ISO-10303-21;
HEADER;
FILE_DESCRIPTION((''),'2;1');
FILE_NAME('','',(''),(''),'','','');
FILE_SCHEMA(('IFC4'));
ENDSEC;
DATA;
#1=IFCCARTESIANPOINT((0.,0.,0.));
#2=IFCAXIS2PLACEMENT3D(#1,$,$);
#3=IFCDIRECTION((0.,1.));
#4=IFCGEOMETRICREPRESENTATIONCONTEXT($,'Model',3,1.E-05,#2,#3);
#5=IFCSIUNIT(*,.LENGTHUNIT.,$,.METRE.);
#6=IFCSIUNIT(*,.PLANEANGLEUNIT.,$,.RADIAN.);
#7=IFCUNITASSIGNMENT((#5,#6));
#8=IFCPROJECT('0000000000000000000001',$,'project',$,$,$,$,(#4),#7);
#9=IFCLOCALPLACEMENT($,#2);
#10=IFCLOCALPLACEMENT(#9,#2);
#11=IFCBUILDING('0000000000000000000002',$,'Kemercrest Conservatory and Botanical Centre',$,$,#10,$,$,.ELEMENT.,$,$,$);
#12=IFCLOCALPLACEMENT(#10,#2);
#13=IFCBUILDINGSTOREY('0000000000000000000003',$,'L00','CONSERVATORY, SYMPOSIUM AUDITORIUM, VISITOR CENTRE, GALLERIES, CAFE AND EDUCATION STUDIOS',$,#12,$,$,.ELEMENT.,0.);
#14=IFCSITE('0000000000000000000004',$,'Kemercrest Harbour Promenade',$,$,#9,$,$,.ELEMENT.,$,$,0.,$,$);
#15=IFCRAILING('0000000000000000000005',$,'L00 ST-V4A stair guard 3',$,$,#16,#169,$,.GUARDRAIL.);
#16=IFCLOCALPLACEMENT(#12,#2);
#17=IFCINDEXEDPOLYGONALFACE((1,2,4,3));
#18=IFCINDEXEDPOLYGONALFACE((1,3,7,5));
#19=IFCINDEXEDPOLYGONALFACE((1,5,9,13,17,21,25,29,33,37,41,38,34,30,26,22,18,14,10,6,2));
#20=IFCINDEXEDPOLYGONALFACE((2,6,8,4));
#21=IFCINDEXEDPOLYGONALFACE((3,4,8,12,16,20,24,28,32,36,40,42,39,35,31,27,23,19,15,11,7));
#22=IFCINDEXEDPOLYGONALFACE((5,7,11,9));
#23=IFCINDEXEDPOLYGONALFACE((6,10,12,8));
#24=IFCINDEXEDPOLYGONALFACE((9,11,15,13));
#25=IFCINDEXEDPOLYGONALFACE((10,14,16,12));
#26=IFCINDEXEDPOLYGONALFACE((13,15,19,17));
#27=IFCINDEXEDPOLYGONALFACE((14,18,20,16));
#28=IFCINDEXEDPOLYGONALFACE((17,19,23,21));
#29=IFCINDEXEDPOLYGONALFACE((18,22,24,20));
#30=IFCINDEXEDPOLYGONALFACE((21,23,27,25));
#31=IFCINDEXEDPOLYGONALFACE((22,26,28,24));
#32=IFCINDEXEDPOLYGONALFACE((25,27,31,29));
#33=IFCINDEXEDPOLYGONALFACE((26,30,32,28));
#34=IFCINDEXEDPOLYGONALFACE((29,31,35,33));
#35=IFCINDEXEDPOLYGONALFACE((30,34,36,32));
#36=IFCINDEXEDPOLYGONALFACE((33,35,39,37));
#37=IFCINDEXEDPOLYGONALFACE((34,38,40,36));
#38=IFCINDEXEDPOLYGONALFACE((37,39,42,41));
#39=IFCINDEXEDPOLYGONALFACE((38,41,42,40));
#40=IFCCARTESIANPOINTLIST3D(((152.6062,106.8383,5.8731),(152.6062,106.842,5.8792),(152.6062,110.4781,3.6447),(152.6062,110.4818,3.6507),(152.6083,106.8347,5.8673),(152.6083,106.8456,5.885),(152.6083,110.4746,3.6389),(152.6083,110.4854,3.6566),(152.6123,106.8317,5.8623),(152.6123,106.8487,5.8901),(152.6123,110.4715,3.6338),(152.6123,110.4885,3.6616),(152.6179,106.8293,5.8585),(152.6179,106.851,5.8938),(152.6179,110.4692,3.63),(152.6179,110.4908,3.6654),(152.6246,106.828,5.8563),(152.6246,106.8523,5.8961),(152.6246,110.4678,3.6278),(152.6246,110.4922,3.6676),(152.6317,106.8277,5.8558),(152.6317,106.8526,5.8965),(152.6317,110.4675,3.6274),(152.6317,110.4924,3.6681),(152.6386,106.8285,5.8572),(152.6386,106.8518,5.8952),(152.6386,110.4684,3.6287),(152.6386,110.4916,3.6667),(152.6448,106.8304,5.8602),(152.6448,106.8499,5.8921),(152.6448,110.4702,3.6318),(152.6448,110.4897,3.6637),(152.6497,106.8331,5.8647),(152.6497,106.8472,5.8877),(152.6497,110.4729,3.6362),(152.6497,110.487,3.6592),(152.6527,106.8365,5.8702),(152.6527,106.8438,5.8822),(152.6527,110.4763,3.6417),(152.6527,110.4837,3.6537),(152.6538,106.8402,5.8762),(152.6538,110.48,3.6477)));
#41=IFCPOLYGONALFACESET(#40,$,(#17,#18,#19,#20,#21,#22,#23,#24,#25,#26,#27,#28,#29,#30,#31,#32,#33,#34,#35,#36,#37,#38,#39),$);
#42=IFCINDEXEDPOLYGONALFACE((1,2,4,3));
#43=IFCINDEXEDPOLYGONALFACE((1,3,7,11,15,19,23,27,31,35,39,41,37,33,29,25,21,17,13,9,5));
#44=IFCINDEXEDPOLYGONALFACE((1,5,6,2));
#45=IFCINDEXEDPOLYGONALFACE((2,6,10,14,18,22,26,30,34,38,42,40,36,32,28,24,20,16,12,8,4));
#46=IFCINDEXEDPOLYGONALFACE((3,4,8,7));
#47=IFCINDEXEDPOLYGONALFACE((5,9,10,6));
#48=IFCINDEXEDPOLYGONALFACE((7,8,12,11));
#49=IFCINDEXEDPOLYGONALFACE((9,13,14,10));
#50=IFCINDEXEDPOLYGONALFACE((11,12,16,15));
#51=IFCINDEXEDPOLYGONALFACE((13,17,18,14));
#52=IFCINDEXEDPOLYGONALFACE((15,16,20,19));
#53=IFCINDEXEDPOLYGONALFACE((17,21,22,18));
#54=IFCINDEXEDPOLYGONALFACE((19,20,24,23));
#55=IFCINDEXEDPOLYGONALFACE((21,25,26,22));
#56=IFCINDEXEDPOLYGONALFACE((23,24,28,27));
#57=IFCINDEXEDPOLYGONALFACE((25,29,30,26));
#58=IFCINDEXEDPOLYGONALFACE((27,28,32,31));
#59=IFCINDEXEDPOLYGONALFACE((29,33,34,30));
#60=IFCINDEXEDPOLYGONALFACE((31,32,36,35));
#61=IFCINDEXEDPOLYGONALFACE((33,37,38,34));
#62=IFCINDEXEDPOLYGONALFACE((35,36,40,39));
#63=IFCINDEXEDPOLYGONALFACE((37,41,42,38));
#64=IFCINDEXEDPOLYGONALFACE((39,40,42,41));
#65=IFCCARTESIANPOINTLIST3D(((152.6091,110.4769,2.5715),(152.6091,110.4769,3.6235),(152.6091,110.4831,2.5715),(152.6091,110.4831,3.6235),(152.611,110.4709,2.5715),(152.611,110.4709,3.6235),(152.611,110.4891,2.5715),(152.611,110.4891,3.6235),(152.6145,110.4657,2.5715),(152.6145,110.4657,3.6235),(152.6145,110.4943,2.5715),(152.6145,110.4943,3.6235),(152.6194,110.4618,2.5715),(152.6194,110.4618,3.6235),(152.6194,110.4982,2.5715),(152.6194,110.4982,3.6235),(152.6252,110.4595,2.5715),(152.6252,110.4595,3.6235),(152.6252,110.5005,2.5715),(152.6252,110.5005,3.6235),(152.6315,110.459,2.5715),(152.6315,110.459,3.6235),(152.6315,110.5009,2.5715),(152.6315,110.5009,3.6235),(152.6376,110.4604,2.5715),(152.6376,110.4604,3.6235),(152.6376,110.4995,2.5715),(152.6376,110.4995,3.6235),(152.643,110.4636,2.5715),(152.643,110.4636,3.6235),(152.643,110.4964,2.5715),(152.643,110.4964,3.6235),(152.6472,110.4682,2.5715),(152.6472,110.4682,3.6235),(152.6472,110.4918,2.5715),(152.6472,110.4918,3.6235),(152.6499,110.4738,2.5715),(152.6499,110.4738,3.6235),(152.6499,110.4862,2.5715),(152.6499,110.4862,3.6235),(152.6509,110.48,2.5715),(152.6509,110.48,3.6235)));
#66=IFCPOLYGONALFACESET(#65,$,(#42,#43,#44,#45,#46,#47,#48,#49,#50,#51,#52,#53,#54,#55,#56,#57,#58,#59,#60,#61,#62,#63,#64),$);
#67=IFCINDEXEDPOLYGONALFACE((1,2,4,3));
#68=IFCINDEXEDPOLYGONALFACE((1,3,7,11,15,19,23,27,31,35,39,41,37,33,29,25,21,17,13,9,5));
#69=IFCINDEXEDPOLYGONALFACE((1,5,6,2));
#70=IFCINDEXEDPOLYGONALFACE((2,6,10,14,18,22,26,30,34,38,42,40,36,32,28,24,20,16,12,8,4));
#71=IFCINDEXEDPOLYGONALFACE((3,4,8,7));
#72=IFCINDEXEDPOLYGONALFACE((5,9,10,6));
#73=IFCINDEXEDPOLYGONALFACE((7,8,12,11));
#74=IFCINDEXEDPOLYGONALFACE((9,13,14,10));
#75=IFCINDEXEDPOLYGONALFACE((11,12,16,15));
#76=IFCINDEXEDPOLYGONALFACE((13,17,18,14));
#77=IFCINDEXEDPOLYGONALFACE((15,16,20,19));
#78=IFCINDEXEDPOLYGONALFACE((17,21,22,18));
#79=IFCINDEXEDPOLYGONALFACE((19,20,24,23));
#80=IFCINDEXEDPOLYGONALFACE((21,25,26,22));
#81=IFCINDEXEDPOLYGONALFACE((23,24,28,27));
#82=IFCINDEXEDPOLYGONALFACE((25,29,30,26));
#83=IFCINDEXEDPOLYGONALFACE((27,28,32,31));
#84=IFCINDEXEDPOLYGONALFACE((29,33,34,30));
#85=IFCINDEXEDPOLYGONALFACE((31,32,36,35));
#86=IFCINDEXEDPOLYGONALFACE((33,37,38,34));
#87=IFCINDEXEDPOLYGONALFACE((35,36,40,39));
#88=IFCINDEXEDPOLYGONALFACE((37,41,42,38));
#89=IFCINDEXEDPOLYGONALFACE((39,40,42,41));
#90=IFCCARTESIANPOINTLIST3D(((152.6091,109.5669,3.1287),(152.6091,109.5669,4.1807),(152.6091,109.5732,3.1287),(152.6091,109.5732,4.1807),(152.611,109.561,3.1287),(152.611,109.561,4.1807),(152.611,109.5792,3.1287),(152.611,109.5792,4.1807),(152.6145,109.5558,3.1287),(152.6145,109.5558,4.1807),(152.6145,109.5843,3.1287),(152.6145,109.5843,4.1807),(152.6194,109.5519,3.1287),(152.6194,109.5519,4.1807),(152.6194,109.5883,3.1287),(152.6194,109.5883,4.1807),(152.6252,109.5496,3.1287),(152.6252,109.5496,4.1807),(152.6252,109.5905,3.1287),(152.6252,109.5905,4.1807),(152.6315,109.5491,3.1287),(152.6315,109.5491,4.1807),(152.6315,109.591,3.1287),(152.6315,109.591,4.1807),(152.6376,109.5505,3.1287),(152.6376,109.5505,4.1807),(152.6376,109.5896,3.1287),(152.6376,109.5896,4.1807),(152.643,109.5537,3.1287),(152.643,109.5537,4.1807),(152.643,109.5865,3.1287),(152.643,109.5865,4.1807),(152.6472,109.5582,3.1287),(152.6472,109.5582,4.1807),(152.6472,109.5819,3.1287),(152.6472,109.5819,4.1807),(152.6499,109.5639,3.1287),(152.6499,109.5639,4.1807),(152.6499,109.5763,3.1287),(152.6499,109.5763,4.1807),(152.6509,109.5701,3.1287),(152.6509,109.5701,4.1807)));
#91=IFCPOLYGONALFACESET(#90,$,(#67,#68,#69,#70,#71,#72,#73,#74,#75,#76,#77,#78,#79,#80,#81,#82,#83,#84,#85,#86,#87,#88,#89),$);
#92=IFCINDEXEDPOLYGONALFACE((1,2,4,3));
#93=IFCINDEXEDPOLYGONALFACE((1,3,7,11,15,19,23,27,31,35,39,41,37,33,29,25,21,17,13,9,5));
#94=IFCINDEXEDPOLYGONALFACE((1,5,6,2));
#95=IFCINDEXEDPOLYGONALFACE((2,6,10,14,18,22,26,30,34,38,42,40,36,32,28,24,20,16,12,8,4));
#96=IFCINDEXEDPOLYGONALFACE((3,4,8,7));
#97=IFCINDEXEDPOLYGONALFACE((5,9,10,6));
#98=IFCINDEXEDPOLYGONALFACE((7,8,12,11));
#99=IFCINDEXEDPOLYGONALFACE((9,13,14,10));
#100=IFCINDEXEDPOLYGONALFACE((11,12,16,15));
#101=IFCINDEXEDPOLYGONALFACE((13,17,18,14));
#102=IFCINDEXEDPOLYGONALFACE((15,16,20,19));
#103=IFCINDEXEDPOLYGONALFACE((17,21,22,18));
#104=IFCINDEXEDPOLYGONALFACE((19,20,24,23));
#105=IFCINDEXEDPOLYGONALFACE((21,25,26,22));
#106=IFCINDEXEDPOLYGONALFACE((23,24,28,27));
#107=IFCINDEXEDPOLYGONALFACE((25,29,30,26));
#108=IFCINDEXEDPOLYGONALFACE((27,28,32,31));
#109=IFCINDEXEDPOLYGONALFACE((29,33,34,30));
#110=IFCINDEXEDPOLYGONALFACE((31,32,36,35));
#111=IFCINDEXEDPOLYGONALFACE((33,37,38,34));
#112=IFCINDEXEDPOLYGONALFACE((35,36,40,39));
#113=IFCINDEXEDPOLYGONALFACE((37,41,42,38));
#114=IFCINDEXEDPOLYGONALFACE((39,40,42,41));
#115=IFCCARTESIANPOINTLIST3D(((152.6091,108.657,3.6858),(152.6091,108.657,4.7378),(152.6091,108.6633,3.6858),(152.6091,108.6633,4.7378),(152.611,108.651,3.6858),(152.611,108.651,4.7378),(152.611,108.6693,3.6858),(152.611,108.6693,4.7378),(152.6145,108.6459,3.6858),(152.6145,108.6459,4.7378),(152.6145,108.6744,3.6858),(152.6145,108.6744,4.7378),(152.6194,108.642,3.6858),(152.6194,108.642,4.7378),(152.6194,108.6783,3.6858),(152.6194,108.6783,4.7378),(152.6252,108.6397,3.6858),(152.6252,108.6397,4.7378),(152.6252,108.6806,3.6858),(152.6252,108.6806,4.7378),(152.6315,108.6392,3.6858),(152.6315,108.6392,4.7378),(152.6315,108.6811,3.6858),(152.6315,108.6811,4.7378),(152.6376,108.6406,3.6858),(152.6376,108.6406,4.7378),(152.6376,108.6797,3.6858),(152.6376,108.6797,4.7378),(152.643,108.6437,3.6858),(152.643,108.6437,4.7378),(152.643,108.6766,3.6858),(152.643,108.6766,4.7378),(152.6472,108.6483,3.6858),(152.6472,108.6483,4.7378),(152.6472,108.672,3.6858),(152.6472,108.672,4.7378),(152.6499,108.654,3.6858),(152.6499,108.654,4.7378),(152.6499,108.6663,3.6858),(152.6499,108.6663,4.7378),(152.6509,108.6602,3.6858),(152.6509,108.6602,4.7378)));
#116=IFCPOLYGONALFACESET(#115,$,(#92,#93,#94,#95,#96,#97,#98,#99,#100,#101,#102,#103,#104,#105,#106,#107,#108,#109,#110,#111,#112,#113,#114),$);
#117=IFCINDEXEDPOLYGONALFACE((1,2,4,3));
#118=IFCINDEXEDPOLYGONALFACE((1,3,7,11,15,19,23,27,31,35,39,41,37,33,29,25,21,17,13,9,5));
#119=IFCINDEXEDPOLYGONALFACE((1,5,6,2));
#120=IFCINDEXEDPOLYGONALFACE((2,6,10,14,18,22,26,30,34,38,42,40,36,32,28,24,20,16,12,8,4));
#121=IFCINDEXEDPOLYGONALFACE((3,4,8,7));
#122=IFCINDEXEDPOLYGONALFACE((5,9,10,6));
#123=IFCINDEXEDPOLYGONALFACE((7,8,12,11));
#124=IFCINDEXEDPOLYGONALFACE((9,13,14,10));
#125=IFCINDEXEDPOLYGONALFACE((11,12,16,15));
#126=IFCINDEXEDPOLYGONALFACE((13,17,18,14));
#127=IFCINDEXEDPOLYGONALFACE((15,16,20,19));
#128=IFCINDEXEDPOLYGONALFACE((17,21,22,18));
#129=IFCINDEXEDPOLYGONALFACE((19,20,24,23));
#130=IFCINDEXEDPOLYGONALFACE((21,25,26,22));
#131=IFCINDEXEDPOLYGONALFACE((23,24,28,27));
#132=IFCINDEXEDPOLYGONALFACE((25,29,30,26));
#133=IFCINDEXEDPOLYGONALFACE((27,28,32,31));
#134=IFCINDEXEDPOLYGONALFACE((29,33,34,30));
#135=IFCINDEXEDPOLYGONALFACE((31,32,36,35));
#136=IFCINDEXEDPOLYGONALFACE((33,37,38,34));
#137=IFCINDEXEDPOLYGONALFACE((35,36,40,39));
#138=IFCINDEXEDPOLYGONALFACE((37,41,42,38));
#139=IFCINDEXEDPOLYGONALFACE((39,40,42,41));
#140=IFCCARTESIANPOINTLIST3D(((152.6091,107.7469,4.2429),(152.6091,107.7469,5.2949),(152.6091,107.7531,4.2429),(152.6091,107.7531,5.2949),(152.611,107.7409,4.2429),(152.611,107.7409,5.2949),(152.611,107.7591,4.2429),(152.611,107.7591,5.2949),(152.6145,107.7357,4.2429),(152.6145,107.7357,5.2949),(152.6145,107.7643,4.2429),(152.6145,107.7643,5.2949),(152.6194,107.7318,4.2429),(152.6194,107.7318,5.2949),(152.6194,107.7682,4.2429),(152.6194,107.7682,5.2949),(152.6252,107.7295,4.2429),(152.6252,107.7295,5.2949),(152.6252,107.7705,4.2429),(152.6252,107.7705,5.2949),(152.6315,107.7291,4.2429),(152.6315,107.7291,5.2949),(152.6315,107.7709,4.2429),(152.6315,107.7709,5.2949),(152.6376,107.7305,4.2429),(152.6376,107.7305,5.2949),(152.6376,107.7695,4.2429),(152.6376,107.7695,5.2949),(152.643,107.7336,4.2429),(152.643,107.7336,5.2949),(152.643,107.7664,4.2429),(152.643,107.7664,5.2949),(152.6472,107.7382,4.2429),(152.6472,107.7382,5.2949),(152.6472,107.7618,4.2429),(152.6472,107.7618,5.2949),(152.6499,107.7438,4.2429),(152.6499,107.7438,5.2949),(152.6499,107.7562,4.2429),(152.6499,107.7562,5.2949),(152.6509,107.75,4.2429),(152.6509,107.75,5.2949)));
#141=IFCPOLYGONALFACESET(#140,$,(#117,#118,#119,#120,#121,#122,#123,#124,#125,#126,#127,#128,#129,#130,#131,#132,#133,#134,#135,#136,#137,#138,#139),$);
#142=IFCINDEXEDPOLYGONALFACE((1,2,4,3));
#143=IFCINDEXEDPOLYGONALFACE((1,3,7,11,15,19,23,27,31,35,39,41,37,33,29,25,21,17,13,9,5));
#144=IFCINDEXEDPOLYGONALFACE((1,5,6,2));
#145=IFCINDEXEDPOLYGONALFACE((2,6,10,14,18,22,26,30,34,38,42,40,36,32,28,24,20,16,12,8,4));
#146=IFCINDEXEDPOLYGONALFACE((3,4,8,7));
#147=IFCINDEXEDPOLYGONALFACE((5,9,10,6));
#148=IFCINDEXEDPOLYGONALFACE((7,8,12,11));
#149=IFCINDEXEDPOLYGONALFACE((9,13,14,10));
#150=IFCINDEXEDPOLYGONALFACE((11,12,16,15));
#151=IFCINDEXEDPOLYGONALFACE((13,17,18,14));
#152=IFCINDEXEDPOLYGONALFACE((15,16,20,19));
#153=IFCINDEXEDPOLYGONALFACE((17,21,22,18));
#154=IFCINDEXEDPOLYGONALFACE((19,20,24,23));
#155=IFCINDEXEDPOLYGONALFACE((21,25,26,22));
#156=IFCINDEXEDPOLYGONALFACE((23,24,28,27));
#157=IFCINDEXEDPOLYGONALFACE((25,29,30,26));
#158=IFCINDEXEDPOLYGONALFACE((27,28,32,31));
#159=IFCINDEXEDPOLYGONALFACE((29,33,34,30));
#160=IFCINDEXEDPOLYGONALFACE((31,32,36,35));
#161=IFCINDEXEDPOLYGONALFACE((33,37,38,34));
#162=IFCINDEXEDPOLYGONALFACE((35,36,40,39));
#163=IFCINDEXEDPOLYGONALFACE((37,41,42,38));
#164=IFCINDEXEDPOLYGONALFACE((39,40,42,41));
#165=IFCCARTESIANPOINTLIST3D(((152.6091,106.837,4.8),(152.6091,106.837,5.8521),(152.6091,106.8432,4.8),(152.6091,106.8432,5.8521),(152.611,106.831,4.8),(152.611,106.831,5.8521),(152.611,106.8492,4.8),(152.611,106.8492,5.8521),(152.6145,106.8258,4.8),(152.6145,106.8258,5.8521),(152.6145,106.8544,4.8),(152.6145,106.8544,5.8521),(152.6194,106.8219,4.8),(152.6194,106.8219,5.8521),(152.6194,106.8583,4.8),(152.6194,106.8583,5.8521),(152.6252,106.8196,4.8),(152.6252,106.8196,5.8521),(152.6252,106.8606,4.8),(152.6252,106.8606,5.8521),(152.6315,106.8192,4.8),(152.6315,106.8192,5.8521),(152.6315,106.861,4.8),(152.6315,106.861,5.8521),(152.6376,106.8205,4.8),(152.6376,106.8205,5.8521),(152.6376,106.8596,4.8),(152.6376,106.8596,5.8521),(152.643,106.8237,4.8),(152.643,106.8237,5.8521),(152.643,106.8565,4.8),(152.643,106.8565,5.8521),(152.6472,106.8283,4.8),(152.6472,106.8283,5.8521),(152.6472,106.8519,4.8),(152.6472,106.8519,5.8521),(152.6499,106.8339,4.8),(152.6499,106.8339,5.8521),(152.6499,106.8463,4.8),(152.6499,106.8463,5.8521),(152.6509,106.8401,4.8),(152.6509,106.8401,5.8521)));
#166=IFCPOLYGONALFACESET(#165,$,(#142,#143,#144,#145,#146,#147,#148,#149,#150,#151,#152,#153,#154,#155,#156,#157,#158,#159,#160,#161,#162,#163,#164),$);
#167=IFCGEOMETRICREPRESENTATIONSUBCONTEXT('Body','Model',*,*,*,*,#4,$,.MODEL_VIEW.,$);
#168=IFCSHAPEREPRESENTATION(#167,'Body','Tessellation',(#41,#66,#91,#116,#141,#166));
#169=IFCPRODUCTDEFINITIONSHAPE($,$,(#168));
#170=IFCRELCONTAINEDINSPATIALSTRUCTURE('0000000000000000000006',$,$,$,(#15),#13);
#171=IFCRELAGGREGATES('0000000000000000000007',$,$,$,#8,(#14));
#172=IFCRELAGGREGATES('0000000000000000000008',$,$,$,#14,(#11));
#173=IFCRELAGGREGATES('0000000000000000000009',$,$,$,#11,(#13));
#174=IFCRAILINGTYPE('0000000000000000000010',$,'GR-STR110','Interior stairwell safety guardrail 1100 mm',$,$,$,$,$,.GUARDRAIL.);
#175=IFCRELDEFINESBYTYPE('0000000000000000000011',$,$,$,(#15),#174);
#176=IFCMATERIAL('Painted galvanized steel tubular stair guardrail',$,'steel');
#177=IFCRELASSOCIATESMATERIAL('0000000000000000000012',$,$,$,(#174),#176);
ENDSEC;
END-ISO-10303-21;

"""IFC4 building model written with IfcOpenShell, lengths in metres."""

from ifc_helpers import new_model, si_unit, direction, frame, origin, origin_2d, place, context, subcontext, project, spatial, circle, extrude, material, type_object, element, save


model = new_model("IFC4")

# Units and contexts
model_context = context("Model", 3, precision=1e-05, world=origin(), true_north=direction((0.0, 1.0)))
body_context = subcontext(model_context, "Body", "Model", "MODEL_VIEW")
ifc_project = project(units=[si_unit("LENGTHUNIT", "METRE"), si_unit("PLANEANGLEUNIT", "RADIAN")], contexts=[model_context])

# Site, building, storey
site_placement = place(None, origin())
site = spatial("IfcSite", under=ifc_project, at=site_placement, Name="Kemercrest Harbour Promenade", CompositionType="ELEMENT", RefElevation=0.0)
building_placement = place(site_placement, origin())
building = spatial("IfcBuilding", under=site, at=building_placement, Name="Kemercrest Conservatory and Botanical Centre", CompositionType="ELEMENT")
storey_placement = place(building_placement, origin())
storey = spatial("IfcBuildingStorey", under=building, at=storey_placement, Name="L00", Description="CONSERVATORY, SYMPOSIUM AUDITORIUM, VISITOR CENTRE, GALLERIES, CAFE AND EDUCATION STUDIOS", CompositionType="ELEMENT", Elevation=0.0)

# Railing
ifc_material_1 = material(Name="Painted galvanized steel tubular stair guardrail", Category="steel")
railing_type_1 = type_object("IfcRailingType", Name="GR-STR110", Description="Interior stairwell safety guardrail 1100 mm", PredefinedType="GUARDRAIL", material=ifc_material_1)
railing_1_placement = place(storey_placement, frame((152.6299, 110.48, 2.5715)))
element("IfcRailing", 1, at=railing_1_placement, inside=storey, type_object=railing_type_1, Name="L00 ST-V4A stair guard 3", PredefinedType="GUARDRAIL", context=body_context, shape_type="SweptSolid", body=[
    extrude(circle(Radius=0.0239, at=origin_2d()), frame((0.0, 0.0, 1.0762), z_axis=(0.0, -0.85285, 0.522156), x_axis=(1.0, 0.0, 0.0)), (0.0, 0.0, 1.0), 4.2678),
    extrude(circle(Radius=0.021, at=origin_2d()), origin(), (0.0, 0.0, 1.0), 1.052),
    extrude(circle(Radius=0.021, at=origin_2d()), frame((0.0, -0.9099, 0.5571)), (0.0, 0.0, 1.0), 1.052),
    extrude(circle(Radius=0.021, at=origin_2d()), frame((0.0, -1.8198, 1.1143)), (0.0, 0.0, 1.0), 1.052),
    extrude(circle(Radius=0.021, at=origin_2d()), frame((0.0, -2.73, 1.6714)), (0.0, 0.0, 1.0), 1.052),
    extrude(circle(Radius=0.021, at=origin_2d()), frame((0.0, -3.6399, 2.2285)), (0.0, 0.0, 1.0), 1.052),
])

save(model, "model.ifc")
